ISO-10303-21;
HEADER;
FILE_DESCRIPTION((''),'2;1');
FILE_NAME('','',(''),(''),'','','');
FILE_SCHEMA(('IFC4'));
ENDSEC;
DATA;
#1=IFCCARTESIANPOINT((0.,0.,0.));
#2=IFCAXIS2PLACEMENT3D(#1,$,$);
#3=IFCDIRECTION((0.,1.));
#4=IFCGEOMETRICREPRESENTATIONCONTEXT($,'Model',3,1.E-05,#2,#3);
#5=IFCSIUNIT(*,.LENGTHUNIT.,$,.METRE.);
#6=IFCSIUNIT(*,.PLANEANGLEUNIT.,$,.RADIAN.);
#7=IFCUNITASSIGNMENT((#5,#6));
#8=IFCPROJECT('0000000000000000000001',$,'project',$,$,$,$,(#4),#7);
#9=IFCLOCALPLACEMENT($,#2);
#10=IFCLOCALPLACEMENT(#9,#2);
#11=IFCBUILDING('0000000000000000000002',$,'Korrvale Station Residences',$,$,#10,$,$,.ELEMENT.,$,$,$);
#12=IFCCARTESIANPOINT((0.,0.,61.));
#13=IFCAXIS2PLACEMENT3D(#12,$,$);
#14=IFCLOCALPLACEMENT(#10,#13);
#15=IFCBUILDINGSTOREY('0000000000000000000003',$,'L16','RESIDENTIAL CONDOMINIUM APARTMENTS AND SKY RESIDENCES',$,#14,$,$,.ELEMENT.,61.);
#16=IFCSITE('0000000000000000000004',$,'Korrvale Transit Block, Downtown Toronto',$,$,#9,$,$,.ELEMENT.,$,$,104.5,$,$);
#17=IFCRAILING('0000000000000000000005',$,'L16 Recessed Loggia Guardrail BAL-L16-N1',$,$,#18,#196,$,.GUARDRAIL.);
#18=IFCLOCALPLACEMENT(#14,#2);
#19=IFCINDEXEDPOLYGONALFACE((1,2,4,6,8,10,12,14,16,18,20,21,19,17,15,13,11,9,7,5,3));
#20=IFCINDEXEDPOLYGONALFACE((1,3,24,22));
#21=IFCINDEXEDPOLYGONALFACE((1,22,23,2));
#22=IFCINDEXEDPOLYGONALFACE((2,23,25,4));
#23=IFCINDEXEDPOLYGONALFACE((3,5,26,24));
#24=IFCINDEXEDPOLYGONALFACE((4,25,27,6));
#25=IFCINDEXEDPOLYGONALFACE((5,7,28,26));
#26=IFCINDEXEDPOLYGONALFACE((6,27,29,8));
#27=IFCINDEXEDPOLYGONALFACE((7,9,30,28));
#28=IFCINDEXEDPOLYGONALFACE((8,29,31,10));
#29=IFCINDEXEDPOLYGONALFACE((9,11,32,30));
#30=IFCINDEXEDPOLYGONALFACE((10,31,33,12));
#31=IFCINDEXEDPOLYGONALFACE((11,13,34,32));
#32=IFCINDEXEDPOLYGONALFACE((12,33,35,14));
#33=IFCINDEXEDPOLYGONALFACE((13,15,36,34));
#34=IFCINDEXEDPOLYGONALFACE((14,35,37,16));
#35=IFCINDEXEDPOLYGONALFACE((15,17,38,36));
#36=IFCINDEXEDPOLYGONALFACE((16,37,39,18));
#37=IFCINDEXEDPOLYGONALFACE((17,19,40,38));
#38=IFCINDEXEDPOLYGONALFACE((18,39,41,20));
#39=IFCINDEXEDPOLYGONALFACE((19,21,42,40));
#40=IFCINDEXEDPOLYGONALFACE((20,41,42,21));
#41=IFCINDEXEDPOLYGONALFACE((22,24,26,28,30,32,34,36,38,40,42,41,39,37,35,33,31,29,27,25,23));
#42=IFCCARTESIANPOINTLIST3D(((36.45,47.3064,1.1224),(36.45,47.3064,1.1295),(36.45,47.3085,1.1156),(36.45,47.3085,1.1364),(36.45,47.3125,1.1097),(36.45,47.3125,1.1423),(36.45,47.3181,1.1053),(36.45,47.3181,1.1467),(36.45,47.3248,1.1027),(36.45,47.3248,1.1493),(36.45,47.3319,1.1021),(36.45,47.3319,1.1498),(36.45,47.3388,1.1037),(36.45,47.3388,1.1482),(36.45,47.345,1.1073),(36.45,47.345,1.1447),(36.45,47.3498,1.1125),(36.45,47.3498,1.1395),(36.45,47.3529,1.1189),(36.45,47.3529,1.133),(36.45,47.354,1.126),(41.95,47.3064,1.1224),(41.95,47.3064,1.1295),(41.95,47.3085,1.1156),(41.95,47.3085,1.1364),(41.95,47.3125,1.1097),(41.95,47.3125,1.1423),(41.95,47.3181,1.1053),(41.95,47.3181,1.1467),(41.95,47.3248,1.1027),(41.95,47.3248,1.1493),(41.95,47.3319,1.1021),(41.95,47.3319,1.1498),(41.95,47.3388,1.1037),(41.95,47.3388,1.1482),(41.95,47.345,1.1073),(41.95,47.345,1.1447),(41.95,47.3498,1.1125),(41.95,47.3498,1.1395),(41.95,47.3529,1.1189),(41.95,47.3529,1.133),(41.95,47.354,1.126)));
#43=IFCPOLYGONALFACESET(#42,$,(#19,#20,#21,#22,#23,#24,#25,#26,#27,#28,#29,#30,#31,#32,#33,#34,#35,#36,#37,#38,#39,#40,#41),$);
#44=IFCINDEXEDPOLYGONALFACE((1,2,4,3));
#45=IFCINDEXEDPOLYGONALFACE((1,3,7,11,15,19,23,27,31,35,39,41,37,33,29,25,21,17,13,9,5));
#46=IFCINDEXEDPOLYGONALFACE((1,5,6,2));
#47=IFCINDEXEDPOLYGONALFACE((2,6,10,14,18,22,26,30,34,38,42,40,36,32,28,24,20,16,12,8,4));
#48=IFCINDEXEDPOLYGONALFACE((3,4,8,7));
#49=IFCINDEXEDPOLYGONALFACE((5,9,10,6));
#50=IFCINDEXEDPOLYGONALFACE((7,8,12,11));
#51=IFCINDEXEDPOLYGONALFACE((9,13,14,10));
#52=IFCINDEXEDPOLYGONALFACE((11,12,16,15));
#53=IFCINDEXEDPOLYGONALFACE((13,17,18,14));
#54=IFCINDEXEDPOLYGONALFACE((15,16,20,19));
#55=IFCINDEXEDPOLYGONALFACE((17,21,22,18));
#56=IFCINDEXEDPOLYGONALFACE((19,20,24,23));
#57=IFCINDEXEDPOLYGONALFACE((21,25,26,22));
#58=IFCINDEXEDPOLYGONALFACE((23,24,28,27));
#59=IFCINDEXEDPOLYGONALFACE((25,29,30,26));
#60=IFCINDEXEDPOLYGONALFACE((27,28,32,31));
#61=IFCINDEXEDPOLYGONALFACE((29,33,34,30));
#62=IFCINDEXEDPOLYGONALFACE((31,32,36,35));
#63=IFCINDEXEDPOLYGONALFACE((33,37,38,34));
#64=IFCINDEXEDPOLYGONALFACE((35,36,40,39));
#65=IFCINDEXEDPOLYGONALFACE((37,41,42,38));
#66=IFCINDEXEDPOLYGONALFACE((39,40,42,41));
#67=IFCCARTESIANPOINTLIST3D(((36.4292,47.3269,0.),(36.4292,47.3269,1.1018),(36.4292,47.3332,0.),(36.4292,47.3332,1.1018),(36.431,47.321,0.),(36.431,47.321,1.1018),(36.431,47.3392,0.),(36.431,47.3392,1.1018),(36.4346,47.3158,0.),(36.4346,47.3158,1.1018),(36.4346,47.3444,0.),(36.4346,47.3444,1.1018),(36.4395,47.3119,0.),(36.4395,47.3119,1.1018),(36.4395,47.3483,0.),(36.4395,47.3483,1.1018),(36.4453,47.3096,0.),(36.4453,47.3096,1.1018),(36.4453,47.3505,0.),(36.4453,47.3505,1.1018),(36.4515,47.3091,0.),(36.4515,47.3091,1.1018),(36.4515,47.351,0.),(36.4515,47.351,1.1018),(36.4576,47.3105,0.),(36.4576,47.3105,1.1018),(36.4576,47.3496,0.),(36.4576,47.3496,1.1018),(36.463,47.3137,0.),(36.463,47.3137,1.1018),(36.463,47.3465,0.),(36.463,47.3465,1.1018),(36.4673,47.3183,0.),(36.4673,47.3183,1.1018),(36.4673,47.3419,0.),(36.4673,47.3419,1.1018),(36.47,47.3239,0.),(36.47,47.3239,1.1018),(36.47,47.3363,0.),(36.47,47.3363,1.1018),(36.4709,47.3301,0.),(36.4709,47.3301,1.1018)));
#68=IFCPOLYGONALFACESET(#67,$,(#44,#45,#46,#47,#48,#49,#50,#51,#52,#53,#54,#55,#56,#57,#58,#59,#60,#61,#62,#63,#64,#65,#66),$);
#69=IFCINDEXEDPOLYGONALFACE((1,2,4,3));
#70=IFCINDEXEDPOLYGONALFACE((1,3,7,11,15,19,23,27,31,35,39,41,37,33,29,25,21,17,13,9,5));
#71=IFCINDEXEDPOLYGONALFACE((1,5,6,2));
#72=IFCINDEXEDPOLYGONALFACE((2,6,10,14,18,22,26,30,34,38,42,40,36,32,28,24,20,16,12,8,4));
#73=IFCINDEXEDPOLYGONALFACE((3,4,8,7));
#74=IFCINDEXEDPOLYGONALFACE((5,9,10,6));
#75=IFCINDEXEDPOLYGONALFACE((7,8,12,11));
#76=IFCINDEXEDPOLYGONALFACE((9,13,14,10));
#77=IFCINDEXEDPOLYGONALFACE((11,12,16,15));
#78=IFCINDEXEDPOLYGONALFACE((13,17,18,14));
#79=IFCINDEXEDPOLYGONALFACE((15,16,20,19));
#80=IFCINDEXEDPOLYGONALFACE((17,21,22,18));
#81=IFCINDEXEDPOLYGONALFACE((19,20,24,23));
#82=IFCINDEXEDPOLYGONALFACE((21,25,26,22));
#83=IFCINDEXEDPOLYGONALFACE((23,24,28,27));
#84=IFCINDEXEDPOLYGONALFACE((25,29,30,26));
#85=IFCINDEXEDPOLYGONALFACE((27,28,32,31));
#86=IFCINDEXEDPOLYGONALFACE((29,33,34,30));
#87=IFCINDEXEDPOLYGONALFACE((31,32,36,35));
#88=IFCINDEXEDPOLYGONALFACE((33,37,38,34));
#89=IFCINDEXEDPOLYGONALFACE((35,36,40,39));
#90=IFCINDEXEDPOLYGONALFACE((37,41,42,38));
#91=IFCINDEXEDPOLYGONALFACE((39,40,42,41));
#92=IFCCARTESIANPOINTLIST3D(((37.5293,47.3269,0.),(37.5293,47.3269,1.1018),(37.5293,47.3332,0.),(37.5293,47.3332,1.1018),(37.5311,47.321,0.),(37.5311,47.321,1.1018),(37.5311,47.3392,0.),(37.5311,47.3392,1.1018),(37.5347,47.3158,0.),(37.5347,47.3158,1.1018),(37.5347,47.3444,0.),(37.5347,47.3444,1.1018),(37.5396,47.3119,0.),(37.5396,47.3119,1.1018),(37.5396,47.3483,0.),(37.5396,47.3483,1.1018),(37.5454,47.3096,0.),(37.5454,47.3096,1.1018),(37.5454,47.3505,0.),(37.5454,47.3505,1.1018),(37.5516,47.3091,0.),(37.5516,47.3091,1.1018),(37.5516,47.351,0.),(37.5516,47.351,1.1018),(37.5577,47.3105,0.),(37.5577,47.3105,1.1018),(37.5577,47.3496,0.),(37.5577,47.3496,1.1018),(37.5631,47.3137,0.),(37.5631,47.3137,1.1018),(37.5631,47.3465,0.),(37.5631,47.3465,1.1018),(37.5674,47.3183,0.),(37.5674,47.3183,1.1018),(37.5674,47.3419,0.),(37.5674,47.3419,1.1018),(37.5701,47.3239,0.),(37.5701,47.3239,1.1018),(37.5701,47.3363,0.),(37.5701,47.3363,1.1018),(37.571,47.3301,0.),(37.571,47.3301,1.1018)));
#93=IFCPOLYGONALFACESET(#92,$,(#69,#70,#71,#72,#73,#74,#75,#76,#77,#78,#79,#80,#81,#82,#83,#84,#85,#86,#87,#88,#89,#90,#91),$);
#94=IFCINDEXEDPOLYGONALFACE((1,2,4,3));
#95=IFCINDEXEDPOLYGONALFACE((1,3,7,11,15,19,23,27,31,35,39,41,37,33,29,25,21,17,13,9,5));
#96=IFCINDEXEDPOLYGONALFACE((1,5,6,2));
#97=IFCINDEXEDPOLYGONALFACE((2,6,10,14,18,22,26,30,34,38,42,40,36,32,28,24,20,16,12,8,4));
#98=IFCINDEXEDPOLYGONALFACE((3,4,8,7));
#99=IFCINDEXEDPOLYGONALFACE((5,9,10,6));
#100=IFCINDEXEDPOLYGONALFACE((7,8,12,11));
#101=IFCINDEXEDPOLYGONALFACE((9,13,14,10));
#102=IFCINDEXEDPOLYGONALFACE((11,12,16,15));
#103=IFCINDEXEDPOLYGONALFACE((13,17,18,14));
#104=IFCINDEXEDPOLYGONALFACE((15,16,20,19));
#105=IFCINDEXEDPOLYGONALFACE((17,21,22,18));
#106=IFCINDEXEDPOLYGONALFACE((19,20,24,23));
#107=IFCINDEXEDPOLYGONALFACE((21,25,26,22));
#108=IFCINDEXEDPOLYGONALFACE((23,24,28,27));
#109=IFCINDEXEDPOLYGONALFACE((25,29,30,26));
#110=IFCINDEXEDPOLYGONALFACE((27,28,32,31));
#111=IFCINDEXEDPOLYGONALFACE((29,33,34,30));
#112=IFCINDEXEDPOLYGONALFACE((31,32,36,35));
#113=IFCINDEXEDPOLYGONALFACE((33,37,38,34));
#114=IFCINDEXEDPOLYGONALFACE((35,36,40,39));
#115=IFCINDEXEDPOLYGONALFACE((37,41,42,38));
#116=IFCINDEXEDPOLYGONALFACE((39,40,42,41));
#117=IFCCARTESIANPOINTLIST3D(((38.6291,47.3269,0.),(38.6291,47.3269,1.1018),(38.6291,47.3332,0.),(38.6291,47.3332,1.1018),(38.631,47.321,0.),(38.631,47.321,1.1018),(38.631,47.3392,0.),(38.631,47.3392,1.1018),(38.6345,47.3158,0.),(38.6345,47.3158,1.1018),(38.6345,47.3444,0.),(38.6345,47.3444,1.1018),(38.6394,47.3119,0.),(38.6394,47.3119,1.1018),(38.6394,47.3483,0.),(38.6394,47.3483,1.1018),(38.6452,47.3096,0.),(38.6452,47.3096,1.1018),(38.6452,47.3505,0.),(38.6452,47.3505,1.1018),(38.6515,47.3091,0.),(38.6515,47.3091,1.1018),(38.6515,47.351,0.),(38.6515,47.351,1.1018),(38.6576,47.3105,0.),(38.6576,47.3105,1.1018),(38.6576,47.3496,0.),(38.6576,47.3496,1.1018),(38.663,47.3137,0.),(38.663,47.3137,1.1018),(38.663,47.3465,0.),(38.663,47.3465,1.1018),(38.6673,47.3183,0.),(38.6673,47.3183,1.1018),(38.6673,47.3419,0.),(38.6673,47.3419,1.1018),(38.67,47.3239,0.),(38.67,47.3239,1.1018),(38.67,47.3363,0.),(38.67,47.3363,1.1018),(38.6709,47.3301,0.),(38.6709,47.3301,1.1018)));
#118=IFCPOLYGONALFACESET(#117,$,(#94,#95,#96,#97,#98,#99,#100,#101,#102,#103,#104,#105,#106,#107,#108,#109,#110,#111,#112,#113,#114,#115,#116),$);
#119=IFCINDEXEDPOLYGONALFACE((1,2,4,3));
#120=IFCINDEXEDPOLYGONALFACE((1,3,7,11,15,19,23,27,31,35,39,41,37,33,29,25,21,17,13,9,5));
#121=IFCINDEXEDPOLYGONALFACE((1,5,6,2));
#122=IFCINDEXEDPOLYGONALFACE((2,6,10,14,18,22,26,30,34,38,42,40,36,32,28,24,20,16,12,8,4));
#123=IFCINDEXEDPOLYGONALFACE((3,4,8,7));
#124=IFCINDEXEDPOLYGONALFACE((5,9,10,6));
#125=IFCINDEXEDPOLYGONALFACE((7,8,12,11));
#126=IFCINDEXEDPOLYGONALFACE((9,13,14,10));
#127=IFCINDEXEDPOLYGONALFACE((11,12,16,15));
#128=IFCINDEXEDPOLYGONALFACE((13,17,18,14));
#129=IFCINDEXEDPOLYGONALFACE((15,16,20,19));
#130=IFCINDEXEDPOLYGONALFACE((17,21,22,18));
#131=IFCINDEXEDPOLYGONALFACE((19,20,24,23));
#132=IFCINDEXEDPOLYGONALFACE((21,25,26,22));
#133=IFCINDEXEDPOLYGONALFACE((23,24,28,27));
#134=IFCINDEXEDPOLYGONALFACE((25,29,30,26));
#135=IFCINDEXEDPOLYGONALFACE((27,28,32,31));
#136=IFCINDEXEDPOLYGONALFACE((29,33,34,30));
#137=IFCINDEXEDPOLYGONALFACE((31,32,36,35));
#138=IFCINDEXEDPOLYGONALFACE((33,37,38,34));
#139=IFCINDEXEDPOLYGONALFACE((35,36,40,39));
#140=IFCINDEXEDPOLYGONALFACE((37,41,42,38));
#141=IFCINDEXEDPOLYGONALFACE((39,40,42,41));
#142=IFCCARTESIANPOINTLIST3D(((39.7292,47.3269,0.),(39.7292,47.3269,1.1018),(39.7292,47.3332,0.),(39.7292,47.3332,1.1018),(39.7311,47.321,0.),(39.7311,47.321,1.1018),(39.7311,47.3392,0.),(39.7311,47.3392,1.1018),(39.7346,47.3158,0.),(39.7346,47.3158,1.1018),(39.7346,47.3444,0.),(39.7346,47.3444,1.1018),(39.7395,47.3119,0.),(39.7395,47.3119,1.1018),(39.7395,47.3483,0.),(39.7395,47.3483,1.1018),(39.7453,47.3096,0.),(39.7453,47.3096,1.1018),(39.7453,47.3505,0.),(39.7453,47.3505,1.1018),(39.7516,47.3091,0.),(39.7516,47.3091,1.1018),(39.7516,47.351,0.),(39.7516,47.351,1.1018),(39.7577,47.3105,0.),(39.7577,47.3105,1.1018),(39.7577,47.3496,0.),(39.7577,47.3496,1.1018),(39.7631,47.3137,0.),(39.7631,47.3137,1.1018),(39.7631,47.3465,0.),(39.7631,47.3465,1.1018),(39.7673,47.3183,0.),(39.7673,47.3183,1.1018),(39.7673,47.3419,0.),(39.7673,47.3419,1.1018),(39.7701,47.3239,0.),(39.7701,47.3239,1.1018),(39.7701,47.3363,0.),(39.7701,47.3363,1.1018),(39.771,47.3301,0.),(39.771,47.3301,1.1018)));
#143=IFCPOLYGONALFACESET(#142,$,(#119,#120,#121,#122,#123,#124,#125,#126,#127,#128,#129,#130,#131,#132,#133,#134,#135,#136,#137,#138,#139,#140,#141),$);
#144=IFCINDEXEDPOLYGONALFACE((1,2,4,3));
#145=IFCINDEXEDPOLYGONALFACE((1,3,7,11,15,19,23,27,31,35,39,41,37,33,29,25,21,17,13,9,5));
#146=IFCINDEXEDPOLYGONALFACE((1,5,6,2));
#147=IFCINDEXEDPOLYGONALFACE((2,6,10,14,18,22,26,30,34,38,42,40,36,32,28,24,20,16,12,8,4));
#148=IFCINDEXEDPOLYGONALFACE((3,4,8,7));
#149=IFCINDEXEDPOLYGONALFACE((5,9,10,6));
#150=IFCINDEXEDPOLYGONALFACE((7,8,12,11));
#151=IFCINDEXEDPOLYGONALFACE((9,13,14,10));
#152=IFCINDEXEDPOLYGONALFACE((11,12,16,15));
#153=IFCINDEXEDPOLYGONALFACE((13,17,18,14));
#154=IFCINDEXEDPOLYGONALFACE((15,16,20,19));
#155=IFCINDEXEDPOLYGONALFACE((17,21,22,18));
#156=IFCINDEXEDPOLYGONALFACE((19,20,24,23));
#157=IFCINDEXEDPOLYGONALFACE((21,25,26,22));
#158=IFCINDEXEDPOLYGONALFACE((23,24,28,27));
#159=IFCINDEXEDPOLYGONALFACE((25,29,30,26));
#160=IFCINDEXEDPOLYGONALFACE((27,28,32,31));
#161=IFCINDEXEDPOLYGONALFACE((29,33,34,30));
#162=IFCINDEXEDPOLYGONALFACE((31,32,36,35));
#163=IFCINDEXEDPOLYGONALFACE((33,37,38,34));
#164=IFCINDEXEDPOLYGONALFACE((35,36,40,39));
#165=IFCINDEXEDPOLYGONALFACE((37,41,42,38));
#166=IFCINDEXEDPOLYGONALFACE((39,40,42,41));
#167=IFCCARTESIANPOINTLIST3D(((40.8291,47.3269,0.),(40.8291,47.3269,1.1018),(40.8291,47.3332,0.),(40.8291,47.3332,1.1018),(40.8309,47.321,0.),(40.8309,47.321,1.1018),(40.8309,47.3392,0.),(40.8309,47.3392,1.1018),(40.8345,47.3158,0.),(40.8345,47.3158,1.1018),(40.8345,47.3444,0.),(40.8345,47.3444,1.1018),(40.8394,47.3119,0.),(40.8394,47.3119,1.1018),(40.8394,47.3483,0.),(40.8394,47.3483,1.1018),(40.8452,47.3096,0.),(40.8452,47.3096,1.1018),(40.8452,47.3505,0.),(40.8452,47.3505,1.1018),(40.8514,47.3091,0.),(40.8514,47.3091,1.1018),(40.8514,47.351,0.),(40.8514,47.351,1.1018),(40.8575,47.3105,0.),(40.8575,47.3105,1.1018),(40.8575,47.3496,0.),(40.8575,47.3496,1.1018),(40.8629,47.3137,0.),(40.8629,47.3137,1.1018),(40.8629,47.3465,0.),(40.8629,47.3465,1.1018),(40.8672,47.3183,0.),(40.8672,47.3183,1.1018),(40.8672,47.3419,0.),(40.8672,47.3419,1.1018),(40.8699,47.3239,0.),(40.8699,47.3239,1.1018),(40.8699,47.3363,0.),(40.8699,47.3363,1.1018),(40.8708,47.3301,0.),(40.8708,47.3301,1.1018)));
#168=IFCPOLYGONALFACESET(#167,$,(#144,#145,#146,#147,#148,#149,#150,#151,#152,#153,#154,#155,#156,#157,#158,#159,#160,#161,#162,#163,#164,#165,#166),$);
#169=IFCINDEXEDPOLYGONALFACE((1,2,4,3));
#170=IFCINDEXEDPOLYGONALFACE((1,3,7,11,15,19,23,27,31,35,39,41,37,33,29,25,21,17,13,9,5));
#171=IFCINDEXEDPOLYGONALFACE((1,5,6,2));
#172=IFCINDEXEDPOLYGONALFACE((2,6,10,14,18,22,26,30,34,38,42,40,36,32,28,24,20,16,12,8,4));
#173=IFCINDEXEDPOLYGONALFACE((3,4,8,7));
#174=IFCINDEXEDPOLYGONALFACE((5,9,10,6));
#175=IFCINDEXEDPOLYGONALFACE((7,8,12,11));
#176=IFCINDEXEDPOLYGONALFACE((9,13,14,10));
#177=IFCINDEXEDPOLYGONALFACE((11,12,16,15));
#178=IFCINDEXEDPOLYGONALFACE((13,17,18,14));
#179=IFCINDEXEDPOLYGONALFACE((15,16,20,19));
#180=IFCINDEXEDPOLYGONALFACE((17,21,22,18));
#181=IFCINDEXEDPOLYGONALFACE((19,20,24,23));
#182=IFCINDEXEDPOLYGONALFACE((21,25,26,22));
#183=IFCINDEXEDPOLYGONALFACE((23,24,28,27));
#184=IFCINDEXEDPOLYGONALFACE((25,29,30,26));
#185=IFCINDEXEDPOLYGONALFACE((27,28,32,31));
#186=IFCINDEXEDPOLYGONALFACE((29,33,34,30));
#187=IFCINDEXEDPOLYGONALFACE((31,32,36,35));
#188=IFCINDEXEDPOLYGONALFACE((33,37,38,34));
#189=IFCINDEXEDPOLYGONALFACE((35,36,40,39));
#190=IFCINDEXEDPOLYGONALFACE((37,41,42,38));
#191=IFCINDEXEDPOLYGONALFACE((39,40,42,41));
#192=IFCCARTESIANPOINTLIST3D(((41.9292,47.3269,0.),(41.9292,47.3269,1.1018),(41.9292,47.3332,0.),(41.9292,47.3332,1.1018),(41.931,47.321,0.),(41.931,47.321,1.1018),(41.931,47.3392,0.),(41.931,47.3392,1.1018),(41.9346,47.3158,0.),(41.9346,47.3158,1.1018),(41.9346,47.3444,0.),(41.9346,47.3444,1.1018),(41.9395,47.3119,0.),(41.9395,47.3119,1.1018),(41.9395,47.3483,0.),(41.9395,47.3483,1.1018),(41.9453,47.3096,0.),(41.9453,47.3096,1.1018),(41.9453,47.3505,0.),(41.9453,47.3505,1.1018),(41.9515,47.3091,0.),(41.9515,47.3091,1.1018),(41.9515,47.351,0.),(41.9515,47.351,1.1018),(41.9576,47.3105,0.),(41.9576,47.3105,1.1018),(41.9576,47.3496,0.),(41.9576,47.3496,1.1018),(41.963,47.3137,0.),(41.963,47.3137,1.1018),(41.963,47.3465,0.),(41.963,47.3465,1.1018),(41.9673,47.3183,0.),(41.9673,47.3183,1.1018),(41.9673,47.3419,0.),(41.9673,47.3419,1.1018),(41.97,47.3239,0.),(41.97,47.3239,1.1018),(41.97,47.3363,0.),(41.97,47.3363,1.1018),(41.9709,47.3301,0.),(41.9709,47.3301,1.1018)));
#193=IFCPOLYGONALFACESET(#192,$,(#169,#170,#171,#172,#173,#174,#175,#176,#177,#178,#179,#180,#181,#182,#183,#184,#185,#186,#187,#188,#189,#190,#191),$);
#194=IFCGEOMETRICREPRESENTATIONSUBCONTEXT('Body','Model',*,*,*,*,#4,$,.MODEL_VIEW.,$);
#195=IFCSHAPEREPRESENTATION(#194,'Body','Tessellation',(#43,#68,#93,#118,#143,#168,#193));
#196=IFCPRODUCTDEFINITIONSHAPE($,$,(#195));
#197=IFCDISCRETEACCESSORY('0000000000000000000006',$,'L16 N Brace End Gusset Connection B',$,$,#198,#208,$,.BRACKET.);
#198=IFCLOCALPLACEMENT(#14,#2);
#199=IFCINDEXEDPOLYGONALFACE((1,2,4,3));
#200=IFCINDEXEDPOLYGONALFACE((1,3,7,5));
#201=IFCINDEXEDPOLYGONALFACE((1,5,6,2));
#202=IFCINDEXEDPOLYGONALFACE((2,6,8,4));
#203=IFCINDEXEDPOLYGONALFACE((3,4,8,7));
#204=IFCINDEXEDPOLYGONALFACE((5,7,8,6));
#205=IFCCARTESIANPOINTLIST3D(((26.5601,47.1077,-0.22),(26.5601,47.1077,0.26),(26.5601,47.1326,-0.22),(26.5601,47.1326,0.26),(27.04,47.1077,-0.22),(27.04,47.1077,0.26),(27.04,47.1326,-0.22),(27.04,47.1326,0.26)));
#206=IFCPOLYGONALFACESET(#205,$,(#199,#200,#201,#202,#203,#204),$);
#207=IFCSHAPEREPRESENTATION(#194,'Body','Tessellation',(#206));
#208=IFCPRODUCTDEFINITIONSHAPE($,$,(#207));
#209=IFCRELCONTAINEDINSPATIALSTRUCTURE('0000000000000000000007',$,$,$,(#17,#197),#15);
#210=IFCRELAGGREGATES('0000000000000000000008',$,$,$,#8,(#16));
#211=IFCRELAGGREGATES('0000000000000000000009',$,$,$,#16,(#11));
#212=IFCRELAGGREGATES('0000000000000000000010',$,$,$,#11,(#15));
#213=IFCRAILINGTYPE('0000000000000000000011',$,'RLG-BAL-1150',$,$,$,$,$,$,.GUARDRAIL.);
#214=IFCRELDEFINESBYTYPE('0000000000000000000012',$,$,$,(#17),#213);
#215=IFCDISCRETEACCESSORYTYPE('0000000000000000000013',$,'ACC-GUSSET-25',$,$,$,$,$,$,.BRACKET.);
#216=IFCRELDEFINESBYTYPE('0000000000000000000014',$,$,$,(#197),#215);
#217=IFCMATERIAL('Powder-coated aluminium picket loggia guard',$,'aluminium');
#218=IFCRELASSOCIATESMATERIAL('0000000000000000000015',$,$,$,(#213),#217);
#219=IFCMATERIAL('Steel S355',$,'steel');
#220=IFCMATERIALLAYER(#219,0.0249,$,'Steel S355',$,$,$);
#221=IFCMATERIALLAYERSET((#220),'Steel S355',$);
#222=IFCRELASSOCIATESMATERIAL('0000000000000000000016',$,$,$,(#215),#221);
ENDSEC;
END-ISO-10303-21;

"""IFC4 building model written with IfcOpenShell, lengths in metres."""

from ifc_helpers import new_model, si_unit, direction, frame, origin, origin_2d, place, context, subcontext, project, spatial, rectangle, circle, extrude, material, layer, layer_set, type_object, element, save


model = new_model("IFC4")

# Units and contexts
model_context = context("Model", 3, precision=1e-05, world=origin(), true_north=direction((0.0, 1.0)))
body_context = subcontext(model_context, "Body", "Model", "MODEL_VIEW")
ifc_project = project(units=[si_unit("LENGTHUNIT", "METRE"), si_unit("PLANEANGLEUNIT", "RADIAN")], contexts=[model_context])

# Site, building, storey
site_placement = place(None, origin())
site = spatial("IfcSite", under=ifc_project, at=site_placement, Name="Korrvale Transit Block, Downtown Toronto", CompositionType="ELEMENT", RefElevation=104.5)
building_placement = place(site_placement, origin())
building = spatial("IfcBuilding", under=site, at=building_placement, Name="Korrvale Station Residences", CompositionType="ELEMENT")
storey_placement = place(building_placement, frame((0.0, 0.0, 61.0)))
storey = spatial("IfcBuildingStorey", under=building, at=storey_placement, Name="L16", Description="RESIDENTIAL CONDOMINIUM APARTMENTS AND SKY RESIDENCES", CompositionType="ELEMENT", Elevation=61.0)

# Shared definitions
ifc_material_1 = material(Name="Steel S355", Category="steel")

# Railing
ifc_material_2 = material(Name="Powder-coated aluminium picket loggia guard", Category="aluminium")
railing_type = type_object("IfcRailingType", Name="RLG-BAL-1150", PredefinedType="GUARDRAIL", material=ifc_material_2)
railing_placement = place(storey_placement, frame((36.45, 47.3301, 0.0)))
element("IfcRailing", 1, at=railing_placement, inside=storey, type_object=railing_type, Name="L16 Recessed Loggia Guardrail BAL-L16-N1", PredefinedType="GUARDRAIL", context=body_context, shape_type="SweptSolid", body=[
    extrude(circle(Radius=0.0239, at=origin_2d()), frame((0.0, 0.0, 1.126), z_axis=(1.0, 0.0, 0.0), x_axis=(0.0, 1.0, 0.0)), (0.0, 0.0, 1.0), 5.5),
    extrude(circle(Radius=0.021, at=origin_2d()), origin(), (0.0, 0.0, 1.0), 1.1018),
    extrude(circle(Radius=0.021, at=origin_2d()), frame((1.1001, 0.0, 0.0)), (0.0, 0.0, 1.0), 1.1018),
    extrude(circle(Radius=0.021, at=origin_2d()), frame((2.2, 0.0, 0.0)), (0.0, 0.0, 1.0), 1.1018),
    extrude(circle(Radius=0.021, at=origin_2d()), frame((3.3, 0.0, 0.0)), (0.0, 0.0, 1.0), 1.1018),
    extrude(circle(Radius=0.021, at=origin_2d()), frame((4.3999, 0.0, 0.0)), (0.0, 0.0, 1.0), 1.1018),
    extrude(circle(Radius=0.021, at=origin_2d()), frame((5.5, 0.0, 0.0)), (0.0, 0.0, 1.0), 1.1018),
])

# Discrete accessory
ifc_layer_1 = layer(ifc_material_1, 0.0249, Name="Steel S355")
ifc_layer_set_1 = layer_set([ifc_layer_1], Name="Steel S355")
discrete_accessory_type = type_object("IfcDiscreteAccessoryType", Name="ACC-GUSSET-25", PredefinedType="BRACKET", material=ifc_layer_set_1)
discrete_accessory_placement = place(storey_placement, frame((26.8, 47.1201, -0.22), z_axis=(0.0, 0.0, 1.0), x_axis=(1.0, 0.0, 0.0)))
element("IfcDiscreteAccessory", 2, at=discrete_accessory_placement, inside=storey, type_object=discrete_accessory_type, Name="L16 N Brace End Gusset Connection B", PredefinedType="BRACKET", context=body_context, shape_type="SweptSolid", body=[
    extrude(rectangle(XDim=0.48, YDim=0.0249, at=origin_2d()), origin(), (0.0, 0.0, 1.0), 0.48),
])

save(model, "model.ifc")
